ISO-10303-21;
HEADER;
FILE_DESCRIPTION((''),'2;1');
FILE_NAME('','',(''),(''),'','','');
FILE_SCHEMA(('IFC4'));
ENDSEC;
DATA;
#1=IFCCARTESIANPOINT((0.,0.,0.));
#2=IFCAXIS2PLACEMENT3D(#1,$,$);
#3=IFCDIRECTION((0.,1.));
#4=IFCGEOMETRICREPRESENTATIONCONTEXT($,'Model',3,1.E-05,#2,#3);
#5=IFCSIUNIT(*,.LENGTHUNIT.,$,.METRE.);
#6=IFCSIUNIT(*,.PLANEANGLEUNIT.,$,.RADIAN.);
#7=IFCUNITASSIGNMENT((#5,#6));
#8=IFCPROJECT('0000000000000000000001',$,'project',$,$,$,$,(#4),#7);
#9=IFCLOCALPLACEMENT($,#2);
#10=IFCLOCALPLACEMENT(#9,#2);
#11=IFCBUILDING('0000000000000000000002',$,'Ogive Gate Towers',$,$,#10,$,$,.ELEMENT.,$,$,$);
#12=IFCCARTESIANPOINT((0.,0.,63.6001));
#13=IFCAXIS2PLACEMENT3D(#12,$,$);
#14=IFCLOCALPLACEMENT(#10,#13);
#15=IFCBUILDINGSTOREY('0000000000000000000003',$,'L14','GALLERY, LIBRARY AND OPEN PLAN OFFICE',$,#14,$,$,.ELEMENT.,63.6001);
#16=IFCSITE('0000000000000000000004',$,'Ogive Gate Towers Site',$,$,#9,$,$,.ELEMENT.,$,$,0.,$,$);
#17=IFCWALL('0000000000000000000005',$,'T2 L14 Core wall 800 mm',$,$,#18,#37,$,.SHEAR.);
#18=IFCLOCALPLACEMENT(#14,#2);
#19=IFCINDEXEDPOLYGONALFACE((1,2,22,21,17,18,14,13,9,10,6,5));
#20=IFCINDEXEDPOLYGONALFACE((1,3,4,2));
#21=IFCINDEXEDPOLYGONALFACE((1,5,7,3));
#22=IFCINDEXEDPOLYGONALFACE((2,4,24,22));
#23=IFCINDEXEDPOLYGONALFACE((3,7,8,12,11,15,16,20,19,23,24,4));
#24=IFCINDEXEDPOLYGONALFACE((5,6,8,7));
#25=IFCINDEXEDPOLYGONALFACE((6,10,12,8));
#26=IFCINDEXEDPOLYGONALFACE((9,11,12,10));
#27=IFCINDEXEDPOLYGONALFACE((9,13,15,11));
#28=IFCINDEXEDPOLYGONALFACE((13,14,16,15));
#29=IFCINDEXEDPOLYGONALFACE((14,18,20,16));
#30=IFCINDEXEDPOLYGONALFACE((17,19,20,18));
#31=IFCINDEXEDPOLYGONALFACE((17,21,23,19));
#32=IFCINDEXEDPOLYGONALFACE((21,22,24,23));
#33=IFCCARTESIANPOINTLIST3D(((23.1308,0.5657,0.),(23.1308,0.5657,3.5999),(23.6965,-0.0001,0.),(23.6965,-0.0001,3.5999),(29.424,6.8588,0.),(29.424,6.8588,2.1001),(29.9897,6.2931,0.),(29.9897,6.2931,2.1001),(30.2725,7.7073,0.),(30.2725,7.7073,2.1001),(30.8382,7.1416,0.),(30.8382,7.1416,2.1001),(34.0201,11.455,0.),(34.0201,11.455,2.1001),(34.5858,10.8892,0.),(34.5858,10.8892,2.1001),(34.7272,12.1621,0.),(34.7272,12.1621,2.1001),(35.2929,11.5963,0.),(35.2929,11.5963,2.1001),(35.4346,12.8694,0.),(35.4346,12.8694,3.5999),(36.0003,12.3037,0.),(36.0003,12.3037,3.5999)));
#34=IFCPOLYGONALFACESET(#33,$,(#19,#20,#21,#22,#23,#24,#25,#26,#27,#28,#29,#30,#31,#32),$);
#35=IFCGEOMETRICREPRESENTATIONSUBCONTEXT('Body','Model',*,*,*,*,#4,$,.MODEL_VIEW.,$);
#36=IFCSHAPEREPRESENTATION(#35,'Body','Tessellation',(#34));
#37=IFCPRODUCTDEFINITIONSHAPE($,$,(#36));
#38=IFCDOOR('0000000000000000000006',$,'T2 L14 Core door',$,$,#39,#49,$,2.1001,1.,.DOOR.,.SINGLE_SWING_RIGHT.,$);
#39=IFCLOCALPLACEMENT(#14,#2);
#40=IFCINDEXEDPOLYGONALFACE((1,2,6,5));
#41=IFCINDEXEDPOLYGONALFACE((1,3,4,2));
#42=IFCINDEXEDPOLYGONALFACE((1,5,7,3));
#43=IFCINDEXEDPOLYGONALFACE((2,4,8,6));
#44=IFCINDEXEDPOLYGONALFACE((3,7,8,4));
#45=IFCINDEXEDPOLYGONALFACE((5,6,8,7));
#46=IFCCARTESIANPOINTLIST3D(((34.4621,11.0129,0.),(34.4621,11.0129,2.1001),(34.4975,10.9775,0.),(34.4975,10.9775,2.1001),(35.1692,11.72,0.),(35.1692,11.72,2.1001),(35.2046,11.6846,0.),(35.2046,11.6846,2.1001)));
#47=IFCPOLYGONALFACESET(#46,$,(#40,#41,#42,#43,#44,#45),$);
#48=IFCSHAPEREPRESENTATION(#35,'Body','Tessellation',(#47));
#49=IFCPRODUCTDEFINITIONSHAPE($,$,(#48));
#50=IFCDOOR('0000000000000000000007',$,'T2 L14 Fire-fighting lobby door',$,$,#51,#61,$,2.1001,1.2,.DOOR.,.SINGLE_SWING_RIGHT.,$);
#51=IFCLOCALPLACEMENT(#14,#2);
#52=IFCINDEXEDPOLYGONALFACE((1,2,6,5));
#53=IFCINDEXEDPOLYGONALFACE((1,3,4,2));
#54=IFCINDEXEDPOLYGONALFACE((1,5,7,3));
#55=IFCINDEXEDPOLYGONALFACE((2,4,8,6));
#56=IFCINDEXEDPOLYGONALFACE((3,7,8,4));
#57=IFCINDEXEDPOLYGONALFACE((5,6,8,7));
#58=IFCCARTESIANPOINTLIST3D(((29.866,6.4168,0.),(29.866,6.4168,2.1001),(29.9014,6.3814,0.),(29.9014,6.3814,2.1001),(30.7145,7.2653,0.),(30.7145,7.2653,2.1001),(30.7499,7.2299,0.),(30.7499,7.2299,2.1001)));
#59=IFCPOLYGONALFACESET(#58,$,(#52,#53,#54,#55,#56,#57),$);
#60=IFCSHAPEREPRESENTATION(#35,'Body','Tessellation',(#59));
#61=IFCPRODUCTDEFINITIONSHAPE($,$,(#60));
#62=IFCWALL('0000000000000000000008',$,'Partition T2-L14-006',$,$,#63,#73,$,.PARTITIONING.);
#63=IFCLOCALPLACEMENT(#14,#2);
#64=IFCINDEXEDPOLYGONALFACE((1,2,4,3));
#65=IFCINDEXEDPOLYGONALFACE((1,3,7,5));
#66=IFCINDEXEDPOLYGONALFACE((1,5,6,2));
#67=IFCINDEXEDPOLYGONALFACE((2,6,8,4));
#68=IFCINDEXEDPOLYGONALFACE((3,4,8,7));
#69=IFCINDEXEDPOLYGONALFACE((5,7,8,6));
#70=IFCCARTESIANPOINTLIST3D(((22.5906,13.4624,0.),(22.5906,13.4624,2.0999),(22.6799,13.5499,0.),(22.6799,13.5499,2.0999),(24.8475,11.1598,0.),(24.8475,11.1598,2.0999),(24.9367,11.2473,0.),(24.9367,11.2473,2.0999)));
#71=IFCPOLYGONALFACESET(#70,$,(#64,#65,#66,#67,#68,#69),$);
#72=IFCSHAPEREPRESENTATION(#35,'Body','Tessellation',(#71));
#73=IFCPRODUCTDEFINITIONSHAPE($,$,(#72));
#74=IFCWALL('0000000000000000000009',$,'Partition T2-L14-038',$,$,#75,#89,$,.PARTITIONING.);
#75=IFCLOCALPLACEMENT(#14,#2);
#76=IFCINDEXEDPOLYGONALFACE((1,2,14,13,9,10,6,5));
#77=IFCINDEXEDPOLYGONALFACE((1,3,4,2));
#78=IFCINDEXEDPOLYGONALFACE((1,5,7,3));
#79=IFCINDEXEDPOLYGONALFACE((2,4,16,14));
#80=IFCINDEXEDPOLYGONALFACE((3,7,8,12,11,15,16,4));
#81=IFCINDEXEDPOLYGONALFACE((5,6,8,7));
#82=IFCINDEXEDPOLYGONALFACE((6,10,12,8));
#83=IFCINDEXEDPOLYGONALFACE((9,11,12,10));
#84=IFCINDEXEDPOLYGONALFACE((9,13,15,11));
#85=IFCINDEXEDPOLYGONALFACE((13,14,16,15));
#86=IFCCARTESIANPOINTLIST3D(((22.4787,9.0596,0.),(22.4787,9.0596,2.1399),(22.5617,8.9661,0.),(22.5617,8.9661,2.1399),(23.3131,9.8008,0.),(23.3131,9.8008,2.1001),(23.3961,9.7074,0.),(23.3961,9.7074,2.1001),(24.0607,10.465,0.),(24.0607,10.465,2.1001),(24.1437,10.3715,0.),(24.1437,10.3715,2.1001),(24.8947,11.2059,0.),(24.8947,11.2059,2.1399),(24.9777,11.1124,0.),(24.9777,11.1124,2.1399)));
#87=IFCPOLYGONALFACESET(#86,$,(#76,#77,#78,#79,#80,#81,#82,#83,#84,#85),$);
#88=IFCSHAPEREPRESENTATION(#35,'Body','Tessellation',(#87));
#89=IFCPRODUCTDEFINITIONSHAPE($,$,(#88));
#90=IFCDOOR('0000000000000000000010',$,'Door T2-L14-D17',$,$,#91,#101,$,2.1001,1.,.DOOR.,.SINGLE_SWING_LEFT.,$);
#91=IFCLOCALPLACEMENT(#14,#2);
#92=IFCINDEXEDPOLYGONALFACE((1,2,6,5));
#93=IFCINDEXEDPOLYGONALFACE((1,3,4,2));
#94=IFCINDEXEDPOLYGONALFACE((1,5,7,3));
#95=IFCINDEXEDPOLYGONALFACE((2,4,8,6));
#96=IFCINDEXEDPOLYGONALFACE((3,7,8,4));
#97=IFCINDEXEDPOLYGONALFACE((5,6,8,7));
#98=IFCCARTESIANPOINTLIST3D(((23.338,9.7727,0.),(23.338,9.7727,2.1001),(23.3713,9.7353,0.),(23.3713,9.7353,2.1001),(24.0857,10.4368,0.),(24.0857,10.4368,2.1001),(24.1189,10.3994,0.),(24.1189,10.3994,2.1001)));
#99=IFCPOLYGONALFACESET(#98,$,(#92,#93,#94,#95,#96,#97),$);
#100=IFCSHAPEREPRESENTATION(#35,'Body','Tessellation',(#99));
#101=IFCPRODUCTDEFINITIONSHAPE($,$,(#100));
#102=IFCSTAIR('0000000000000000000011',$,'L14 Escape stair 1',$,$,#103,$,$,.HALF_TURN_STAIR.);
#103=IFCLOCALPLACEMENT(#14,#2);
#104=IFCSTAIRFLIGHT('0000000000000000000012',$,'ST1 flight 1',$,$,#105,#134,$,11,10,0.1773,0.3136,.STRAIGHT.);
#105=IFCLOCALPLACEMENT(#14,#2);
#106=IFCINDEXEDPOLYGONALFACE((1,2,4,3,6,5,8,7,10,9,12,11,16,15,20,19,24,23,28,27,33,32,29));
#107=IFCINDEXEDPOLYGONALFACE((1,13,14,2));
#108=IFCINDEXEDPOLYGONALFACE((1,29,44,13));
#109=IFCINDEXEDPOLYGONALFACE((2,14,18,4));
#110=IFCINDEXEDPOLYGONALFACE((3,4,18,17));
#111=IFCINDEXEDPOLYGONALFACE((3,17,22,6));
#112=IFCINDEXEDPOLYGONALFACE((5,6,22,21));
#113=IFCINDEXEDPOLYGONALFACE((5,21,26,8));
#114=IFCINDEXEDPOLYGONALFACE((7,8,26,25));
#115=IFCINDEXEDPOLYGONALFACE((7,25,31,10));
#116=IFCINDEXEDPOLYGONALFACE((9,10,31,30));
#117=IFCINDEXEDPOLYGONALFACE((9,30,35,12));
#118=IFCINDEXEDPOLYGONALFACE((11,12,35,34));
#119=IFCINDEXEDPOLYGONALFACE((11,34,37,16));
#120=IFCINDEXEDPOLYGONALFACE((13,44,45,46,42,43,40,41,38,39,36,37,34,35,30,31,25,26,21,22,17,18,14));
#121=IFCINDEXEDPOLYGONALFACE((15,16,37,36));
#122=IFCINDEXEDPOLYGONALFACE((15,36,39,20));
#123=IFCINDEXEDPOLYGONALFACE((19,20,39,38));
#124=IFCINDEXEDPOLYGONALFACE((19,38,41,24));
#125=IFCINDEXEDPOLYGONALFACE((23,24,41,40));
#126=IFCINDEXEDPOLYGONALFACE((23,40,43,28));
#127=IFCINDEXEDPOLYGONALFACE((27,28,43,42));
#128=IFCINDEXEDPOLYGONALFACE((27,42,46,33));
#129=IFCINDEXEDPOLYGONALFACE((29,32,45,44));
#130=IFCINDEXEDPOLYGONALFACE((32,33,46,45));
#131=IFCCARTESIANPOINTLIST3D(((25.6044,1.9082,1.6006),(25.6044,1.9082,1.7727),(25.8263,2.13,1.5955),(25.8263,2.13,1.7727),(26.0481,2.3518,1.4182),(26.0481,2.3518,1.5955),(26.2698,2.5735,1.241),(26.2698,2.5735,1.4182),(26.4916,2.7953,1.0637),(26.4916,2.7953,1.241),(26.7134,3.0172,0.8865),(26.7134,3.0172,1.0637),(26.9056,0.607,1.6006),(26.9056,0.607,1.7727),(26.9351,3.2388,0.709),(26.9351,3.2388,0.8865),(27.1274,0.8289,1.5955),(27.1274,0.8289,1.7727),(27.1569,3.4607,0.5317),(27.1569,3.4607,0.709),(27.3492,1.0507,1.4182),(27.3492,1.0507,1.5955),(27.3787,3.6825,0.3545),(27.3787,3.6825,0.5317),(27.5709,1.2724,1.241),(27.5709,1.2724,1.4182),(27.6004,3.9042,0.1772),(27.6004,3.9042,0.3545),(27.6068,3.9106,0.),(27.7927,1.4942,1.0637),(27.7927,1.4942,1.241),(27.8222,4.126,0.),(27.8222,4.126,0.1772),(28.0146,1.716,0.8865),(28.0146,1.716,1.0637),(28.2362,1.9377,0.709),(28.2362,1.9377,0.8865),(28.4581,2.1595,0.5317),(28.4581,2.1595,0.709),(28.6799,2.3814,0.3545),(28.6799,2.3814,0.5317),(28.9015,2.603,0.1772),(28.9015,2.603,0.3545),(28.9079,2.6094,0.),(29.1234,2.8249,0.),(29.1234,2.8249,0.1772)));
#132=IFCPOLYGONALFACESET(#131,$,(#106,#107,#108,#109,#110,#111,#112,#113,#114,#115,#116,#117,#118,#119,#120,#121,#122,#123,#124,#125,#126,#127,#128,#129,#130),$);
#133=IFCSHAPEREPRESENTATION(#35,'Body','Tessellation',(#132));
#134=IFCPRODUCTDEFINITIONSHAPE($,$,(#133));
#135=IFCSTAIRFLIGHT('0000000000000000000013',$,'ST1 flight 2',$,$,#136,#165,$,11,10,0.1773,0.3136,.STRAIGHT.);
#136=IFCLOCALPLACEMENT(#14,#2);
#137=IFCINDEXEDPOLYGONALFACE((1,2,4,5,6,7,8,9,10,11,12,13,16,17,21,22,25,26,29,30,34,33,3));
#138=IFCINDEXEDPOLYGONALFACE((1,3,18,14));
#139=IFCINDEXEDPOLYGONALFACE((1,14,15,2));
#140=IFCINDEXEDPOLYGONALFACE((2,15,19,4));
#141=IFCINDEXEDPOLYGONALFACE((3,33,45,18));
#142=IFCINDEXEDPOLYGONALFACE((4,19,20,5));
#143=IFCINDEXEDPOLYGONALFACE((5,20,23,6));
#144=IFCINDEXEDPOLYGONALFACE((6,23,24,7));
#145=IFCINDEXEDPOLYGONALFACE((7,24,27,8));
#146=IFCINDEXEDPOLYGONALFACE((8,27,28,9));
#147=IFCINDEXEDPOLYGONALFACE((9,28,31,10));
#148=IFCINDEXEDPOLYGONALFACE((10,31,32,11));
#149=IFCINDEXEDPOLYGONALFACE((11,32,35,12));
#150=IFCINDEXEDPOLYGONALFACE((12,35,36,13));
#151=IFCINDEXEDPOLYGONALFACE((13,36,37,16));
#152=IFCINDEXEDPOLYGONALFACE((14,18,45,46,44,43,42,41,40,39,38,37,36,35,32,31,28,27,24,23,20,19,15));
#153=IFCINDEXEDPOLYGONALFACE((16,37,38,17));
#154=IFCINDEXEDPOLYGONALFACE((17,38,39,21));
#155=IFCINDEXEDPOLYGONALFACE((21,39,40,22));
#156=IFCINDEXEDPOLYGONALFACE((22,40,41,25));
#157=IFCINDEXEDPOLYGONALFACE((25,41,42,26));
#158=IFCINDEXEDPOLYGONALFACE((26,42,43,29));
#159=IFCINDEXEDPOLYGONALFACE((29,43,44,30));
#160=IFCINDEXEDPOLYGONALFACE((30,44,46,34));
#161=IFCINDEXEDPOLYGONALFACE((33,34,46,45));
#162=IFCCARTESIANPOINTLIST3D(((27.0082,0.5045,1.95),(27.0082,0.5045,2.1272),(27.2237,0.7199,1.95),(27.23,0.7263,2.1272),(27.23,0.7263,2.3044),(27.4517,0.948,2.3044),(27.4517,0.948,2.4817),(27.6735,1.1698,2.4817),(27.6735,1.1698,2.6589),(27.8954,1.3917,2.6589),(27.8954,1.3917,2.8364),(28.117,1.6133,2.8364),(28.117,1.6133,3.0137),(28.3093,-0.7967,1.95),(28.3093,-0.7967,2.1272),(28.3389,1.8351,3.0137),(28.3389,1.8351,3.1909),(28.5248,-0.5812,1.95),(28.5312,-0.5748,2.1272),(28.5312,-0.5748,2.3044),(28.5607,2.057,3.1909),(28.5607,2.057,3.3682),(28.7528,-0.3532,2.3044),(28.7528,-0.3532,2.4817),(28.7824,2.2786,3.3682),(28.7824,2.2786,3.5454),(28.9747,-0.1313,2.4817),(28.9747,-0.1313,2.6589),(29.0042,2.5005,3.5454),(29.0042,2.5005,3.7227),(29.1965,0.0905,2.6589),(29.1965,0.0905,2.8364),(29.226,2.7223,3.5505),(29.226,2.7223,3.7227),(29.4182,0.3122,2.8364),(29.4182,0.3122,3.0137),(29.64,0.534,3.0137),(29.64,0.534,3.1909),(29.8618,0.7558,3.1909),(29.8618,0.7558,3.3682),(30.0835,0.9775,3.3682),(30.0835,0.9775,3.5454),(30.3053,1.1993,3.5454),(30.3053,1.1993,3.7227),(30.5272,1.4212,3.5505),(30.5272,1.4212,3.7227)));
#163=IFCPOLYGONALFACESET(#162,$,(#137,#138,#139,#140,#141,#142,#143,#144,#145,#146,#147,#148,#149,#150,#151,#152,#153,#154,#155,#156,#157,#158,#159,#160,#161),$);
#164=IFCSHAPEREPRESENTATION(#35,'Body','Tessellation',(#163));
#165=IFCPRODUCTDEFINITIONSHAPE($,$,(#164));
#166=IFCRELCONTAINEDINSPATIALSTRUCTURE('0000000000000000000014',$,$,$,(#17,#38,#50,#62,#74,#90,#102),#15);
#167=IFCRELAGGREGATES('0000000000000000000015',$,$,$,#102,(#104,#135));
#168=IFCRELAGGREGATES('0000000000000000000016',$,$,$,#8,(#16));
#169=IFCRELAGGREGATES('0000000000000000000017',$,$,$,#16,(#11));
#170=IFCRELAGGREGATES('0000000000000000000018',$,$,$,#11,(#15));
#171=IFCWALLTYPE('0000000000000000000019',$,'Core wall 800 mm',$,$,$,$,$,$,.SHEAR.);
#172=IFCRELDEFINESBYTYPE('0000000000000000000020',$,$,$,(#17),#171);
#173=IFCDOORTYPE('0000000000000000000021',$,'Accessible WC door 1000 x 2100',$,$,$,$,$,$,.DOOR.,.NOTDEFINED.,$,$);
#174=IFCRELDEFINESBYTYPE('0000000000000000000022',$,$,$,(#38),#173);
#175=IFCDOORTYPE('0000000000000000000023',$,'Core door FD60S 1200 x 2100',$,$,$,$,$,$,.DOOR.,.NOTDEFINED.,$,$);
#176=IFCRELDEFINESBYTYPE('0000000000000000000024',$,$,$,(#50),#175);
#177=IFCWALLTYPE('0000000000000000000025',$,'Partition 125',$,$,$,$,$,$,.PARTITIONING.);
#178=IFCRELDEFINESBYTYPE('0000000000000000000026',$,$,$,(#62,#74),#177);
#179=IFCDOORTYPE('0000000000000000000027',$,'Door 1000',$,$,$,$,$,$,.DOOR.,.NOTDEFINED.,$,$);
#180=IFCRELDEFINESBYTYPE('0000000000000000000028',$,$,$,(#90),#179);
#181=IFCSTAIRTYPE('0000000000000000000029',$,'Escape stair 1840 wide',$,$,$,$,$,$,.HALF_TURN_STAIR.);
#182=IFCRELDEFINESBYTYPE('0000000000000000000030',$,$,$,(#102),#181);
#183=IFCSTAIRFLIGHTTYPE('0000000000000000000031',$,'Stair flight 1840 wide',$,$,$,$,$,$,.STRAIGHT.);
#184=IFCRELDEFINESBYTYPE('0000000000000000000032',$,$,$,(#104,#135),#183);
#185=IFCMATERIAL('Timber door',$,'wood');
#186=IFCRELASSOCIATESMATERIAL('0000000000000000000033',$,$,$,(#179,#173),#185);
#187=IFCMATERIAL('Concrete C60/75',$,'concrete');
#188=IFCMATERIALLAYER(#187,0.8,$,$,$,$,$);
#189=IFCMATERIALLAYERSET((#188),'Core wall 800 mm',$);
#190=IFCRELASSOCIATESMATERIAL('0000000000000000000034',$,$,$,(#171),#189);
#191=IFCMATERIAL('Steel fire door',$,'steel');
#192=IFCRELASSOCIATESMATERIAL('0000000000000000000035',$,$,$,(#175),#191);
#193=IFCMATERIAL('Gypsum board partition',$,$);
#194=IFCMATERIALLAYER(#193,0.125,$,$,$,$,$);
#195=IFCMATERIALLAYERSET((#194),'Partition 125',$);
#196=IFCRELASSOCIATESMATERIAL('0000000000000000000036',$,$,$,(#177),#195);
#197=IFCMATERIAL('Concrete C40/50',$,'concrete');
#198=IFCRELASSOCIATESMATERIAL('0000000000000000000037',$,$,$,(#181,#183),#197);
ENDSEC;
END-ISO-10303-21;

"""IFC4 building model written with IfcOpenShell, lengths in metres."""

from ifc_helpers import new_model, si_unit, direction, frame, frame_2d, origin, place, context, subcontext, project, spatial, polyline, rectangle, outline, extrude, material, layer, layer_set, type_object, element, fill, aggregate, save


model = new_model("IFC4")

# Units and contexts
model_context = context("Model", 3, precision=1e-05, world=origin(), true_north=direction((0.0, 1.0)))
body_context = subcontext(model_context, "Body", "Model", "MODEL_VIEW")
ifc_project = project(units=[si_unit("LENGTHUNIT", "METRE"), si_unit("PLANEANGLEUNIT", "RADIAN")], contexts=[model_context])

# Site, building, storey
site_placement = place(None, origin())
site = spatial("IfcSite", under=ifc_project, at=site_placement, Name="Ogive Gate Towers Site", CompositionType="ELEMENT", RefElevation=0.0)
building_placement = place(site_placement, origin())
building = spatial("IfcBuilding", under=site, at=building_placement, Name="Ogive Gate Towers", CompositionType="ELEMENT")
storey_placement = place(building_placement, frame((0.0, 0.0, 63.6001)))
storey = spatial("IfcBuildingStorey", under=building, at=storey_placement, Name="L14", Description="GALLERY, LIBRARY AND OPEN PLAN OFFICE", CompositionType="ELEMENT", Elevation=63.6001)

# Shared definitions
ifc_material_1 = material(Name="Concrete C40/50", Category="concrete")

# Shared definitions
ifc_material_2 = material(Name="Timber door", Category="wood")
door_type_1 = type_object("IfcDoorType", Name="Door 1000", OperationType="NOTDEFINED", PredefinedType="DOOR", material=ifc_material_2)

# Wall, openings, doors
ifc_material_3 = material(Name="Concrete C60/75", Category="concrete")
ifc_layer_1 = layer(ifc_material_3, 0.8)
ifc_layer_set_1 = layer_set([ifc_layer_1], Name="Core wall 800 mm")
wall_type_1 = type_object("IfcWallType", Name="Core wall 800 mm", PredefinedType="SHEAR", material=ifc_layer_set_1)
wall_1_placement = place(storey_placement, frame((23.4136, 0.2827, 0.0), z_axis=(0.0, 0.0, 1.0), x_axis=(0.707107, 0.707107, 0.0)))
wall_1 = element("IfcWall", 1, at=wall_1_placement, inside=storey, type_object=wall_type_1, Name="T2 L14 Core wall 800 mm", PredefinedType="SHEAR", context=body_context, shape_type="SweptSolid", body=[
    extrude(rectangle(XDim=17.4001, YDim=0.8, at=frame_2d((8.7002, 0.0))), origin(), (0.0, 0.0, 1.0), 3.5999),
])
opening_1_placement = place(wall_1_placement, frame((8.8999, 0.0, 0.0)))
opening_1 = element("IfcOpeningElement", 2, at=opening_1_placement, cuts=wall_1, PredefinedType="OPENING", context=body_context, shape_type="SweptSolid", body=[
    extrude(rectangle(XDim=1.2, YDim=2.1001, at=frame_2d((0.6001, 1.05))), frame((0.0, 0.4102, 0.0), z_axis=(0.0, -1.0, 0.0), x_axis=(1.0, 0.0, 0.0)), (0.0, 0.0, 1.0), 0.8201),
])
opening_2_placement = place(wall_1_placement, frame((15.3999, 0.0, 0.0)))
opening_2 = element("IfcOpeningElement", 3, at=opening_2_placement, cuts=wall_1, PredefinedType="OPENING", context=body_context, shape_type="SweptSolid", body=[
    extrude(rectangle(XDim=1.0, YDim=2.1001, at=frame_2d((0.5, 1.05))), frame((0.0, 0.4102, 0.0), z_axis=(0.0, -1.0, 0.0), x_axis=(1.0, 0.0, 0.0)), (0.0, 0.0, 1.0), 0.8201),
])
door_type_2 = type_object("IfcDoorType", Name="Accessible WC door 1000 x 2100", OperationType="NOTDEFINED", PredefinedType="DOOR", material=ifc_material_2)
door_1_placement = place(opening_2_placement, origin())
door_1 = element("IfcDoor", 4, at=door_1_placement, inside=storey, type_object=door_type_2, Name="T2 L14 Core door", OperationType="SINGLE_SWING_RIGHT", OverallHeight=2.1001, OverallWidth=1.0, PredefinedType="DOOR", context=body_context, shape_type="SweptSolid", body=[
    extrude(rectangle(XDim=1.0, YDim=2.1001, at=frame_2d((0.5, 1.05))), frame((0.0, -0.2251, 0.0), z_axis=(0.0, -1.0, 0.0), x_axis=(1.0, 0.0, 0.0)), (0.0, 0.0, 1.0), 0.05),
])
fill(opening_2, door_1)
ifc_material_4 = material(Name="Steel fire door", Category="steel")
door_type_3 = type_object("IfcDoorType", Name="Core door FD60S 1200 x 2100", OperationType="NOTDEFINED", PredefinedType="DOOR", material=ifc_material_4)
door_2_placement = place(opening_1_placement, origin())
door_2 = element("IfcDoor", 5, at=door_2_placement, inside=storey, type_object=door_type_3, Name="T2 L14 Fire-fighting lobby door", OperationType="SINGLE_SWING_RIGHT", OverallHeight=2.1001, OverallWidth=1.2, PredefinedType="DOOR", context=body_context, shape_type="SweptSolid", body=[
    extrude(rectangle(XDim=1.2, YDim=2.1001, at=frame_2d((0.6001, 1.05))), frame((0.0, -0.2251, 0.0), z_axis=(0.0, -1.0, 0.0), x_axis=(1.0, 0.0, 0.0)), (0.0, 0.0, 1.0), 0.05),
])
fill(opening_1, door_2)

# Wall
ifc_material_5 = material(Name="Gypsum board partition")
ifc_layer_2 = layer(ifc_material_5, 0.125)
ifc_layer_set_2 = layer_set([ifc_layer_2], Name="Partition 125")
wall_type_2 = type_object("IfcWallType", Name="Partition 125", PredefinedType="PARTITIONING", material=ifc_layer_set_2)
wall_2_placement = place(storey_placement, frame((22.6353, 13.5061, 0.0), z_axis=(0.0, 0.0, 1.0), x_axis=(0.699991, -0.714152, 0.0)))
element("IfcWall", 6, at=wall_2_placement, inside=storey, type_object=wall_type_2, Name="Partition T2-L14-006", PredefinedType="PARTITIONING", context=body_context, shape_type="SweptSolid", body=[
    extrude(rectangle(XDim=3.2241, YDim=0.125, at=frame_2d((1.6121, 0.0))), origin(), (0.0, 0.0, 1.0), 2.0999),
])

# Wall, opening, door
wall_3_placement = place(storey_placement, frame((22.5203, 9.0129, 0.0), z_axis=(0.0, 0.0, 1.0), x_axis=(0.747614, 0.664134, 0.0)))
wall_3 = element("IfcWall", 7, at=wall_3_placement, inside=storey, type_object=wall_type_2, Name="Partition T2-L14-038", PredefinedType="PARTITIONING", context=body_context, shape_type="SweptSolid", body=[
    extrude(rectangle(XDim=3.2317, YDim=0.125, at=frame_2d((1.6157, 0.0))), origin(), (0.0, 0.0, 1.0), 2.1399),
])
opening_3_placement = place(wall_3_placement, frame((1.116, 0.0, 0.0)))
opening_3 = element("IfcOpeningElement", 8, at=opening_3_placement, cuts=wall_3, PredefinedType="OPENING", context=body_context, shape_type="SweptSolid", body=[
    extrude(rectangle(XDim=1.0, YDim=2.1001, at=frame_2d((0.5, 1.05))), frame((0.0, 0.0725, 0.0), z_axis=(0.0, -1.0, 0.0), x_axis=(1.0, 0.0, 0.0)), (0.0, 0.0, 1.0), 0.145),
])
door_3_placement = place(opening_3_placement, origin())
door_3 = element("IfcDoor", 9, at=door_3_placement, inside=storey, type_object=door_type_1, Name="Door T2-L14-D17", OperationType="SINGLE_SWING_LEFT", OverallHeight=2.1001, OverallWidth=1.0, PredefinedType="DOOR", context=body_context, shape_type="SweptSolid", body=[
    extrude(rectangle(XDim=1.0, YDim=2.1001, at=frame_2d((0.5, 1.05))), frame((0.0, 0.0249, 0.0), z_axis=(0.0, -1.0, 0.0), x_axis=(1.0, 0.0, 0.0)), (0.0, 0.0, 1.0), 0.05),
])
fill(opening_3, door_3)

# Stair, stair flights
stair_type = type_object("IfcStairType", Name="Escape stair 1840 wide", PredefinedType="HALF_TURN_STAIR", material=ifc_material_1)
stair_placement = place(storey_placement, origin())
stair = element("IfcStair", 10, at=stair_placement, inside=storey, type_object=stair_type, Name="L14 Escape stair 1", PredefinedType="HALF_TURN_STAIR")
stair_flight_type = type_object("IfcStairFlightType", Name="Stair flight 1840 wide", PredefinedType="STRAIGHT", material=ifc_material_1)
stair_flight_1_placement = place(storey_placement, frame((28.4729, 3.4753, 0.0), z_axis=(0.0, 0.0, 1.0), x_axis=(-0.707107, -0.707107, 0.0)))
stair_flight_1 = element("IfcStairFlight", 11, at=stair_flight_1_placement, type_object=stair_flight_type, Name="ST1 flight 1", NumberOfRisers=11, NumberOfTreads=10, PredefinedType="STRAIGHT", RiserHeight=0.1773, TreadLength=0.3136, context=body_context, shape_type="SweptSolid", body=[
    extrude(outline(polyline([(0.0, 0.0), (0.0, 0.1772), (0.3137, 0.1772), (0.3137, 0.3545), (0.6272, 0.3545), (0.6272, 0.5317), (0.9409, 0.5317), (0.9409, 0.709), (1.2546, 0.709), (1.2546, 0.8865), (1.5681, 0.8865), (1.5681, 1.0637), (1.8818, 1.0637), (1.8818, 1.241), (2.1956, 1.241), (2.1956, 1.4182), (2.509, 1.4182), (2.509, 1.5955), (2.8228, 1.5955), (2.8228, 1.7727), (3.1365, 1.7727), (3.1365, 1.95), (3.1365, 1.6006), (0.3047, 0.0), (0.0, 0.0)])), frame((0.0, 0.9199, 0.0), z_axis=(0.0, -1.0, 0.0), x_axis=(1.0, 0.0, 0.0)), (0.0, 0.0, 1.0), 1.8401),
])
stair_flight_2_placement = place(storey_placement, frame((27.6587, -0.146, 1.95), z_axis=(0.0, 0.0, 1.0), x_axis=(0.707107, 0.707107, 0.0)))
stair_flight_2 = element("IfcStairFlight", 12, at=stair_flight_2_placement, type_object=stair_flight_type, Name="ST1 flight 2", NumberOfRisers=11, NumberOfTreads=10, PredefinedType="STRAIGHT", RiserHeight=0.1773, TreadLength=0.3136, context=body_context, shape_type="SweptSolid", body=[
    extrude(outline(polyline([(0.0, 0.0), (0.0, 0.1772), (0.3137, 0.1772), (0.3137, 0.3545), (0.6272, 0.3545), (0.6272, 0.5317), (0.9409, 0.5317), (0.9409, 0.709), (1.2546, 0.709), (1.2546, 0.8865), (1.5681, 0.8865), (1.5681, 1.0637), (1.8818, 1.0637), (1.8818, 1.241), (2.1956, 1.241), (2.1956, 1.4182), (2.509, 1.4182), (2.509, 1.5955), (2.8228, 1.5955), (2.8228, 1.7727), (3.1365, 1.7727), (3.1365, 1.95), (3.1365, 1.6006), (0.3047, 0.0), (0.0, 0.0)])), frame((0.0, 0.9199, 0.0), z_axis=(0.0, -1.0, 0.0), x_axis=(1.0, 0.0, 0.0)), (0.0, 0.0, 1.0), 1.8401),
])
aggregate(stair, [stair_flight_1, stair_flight_2])

save(model, "model.ifc")
